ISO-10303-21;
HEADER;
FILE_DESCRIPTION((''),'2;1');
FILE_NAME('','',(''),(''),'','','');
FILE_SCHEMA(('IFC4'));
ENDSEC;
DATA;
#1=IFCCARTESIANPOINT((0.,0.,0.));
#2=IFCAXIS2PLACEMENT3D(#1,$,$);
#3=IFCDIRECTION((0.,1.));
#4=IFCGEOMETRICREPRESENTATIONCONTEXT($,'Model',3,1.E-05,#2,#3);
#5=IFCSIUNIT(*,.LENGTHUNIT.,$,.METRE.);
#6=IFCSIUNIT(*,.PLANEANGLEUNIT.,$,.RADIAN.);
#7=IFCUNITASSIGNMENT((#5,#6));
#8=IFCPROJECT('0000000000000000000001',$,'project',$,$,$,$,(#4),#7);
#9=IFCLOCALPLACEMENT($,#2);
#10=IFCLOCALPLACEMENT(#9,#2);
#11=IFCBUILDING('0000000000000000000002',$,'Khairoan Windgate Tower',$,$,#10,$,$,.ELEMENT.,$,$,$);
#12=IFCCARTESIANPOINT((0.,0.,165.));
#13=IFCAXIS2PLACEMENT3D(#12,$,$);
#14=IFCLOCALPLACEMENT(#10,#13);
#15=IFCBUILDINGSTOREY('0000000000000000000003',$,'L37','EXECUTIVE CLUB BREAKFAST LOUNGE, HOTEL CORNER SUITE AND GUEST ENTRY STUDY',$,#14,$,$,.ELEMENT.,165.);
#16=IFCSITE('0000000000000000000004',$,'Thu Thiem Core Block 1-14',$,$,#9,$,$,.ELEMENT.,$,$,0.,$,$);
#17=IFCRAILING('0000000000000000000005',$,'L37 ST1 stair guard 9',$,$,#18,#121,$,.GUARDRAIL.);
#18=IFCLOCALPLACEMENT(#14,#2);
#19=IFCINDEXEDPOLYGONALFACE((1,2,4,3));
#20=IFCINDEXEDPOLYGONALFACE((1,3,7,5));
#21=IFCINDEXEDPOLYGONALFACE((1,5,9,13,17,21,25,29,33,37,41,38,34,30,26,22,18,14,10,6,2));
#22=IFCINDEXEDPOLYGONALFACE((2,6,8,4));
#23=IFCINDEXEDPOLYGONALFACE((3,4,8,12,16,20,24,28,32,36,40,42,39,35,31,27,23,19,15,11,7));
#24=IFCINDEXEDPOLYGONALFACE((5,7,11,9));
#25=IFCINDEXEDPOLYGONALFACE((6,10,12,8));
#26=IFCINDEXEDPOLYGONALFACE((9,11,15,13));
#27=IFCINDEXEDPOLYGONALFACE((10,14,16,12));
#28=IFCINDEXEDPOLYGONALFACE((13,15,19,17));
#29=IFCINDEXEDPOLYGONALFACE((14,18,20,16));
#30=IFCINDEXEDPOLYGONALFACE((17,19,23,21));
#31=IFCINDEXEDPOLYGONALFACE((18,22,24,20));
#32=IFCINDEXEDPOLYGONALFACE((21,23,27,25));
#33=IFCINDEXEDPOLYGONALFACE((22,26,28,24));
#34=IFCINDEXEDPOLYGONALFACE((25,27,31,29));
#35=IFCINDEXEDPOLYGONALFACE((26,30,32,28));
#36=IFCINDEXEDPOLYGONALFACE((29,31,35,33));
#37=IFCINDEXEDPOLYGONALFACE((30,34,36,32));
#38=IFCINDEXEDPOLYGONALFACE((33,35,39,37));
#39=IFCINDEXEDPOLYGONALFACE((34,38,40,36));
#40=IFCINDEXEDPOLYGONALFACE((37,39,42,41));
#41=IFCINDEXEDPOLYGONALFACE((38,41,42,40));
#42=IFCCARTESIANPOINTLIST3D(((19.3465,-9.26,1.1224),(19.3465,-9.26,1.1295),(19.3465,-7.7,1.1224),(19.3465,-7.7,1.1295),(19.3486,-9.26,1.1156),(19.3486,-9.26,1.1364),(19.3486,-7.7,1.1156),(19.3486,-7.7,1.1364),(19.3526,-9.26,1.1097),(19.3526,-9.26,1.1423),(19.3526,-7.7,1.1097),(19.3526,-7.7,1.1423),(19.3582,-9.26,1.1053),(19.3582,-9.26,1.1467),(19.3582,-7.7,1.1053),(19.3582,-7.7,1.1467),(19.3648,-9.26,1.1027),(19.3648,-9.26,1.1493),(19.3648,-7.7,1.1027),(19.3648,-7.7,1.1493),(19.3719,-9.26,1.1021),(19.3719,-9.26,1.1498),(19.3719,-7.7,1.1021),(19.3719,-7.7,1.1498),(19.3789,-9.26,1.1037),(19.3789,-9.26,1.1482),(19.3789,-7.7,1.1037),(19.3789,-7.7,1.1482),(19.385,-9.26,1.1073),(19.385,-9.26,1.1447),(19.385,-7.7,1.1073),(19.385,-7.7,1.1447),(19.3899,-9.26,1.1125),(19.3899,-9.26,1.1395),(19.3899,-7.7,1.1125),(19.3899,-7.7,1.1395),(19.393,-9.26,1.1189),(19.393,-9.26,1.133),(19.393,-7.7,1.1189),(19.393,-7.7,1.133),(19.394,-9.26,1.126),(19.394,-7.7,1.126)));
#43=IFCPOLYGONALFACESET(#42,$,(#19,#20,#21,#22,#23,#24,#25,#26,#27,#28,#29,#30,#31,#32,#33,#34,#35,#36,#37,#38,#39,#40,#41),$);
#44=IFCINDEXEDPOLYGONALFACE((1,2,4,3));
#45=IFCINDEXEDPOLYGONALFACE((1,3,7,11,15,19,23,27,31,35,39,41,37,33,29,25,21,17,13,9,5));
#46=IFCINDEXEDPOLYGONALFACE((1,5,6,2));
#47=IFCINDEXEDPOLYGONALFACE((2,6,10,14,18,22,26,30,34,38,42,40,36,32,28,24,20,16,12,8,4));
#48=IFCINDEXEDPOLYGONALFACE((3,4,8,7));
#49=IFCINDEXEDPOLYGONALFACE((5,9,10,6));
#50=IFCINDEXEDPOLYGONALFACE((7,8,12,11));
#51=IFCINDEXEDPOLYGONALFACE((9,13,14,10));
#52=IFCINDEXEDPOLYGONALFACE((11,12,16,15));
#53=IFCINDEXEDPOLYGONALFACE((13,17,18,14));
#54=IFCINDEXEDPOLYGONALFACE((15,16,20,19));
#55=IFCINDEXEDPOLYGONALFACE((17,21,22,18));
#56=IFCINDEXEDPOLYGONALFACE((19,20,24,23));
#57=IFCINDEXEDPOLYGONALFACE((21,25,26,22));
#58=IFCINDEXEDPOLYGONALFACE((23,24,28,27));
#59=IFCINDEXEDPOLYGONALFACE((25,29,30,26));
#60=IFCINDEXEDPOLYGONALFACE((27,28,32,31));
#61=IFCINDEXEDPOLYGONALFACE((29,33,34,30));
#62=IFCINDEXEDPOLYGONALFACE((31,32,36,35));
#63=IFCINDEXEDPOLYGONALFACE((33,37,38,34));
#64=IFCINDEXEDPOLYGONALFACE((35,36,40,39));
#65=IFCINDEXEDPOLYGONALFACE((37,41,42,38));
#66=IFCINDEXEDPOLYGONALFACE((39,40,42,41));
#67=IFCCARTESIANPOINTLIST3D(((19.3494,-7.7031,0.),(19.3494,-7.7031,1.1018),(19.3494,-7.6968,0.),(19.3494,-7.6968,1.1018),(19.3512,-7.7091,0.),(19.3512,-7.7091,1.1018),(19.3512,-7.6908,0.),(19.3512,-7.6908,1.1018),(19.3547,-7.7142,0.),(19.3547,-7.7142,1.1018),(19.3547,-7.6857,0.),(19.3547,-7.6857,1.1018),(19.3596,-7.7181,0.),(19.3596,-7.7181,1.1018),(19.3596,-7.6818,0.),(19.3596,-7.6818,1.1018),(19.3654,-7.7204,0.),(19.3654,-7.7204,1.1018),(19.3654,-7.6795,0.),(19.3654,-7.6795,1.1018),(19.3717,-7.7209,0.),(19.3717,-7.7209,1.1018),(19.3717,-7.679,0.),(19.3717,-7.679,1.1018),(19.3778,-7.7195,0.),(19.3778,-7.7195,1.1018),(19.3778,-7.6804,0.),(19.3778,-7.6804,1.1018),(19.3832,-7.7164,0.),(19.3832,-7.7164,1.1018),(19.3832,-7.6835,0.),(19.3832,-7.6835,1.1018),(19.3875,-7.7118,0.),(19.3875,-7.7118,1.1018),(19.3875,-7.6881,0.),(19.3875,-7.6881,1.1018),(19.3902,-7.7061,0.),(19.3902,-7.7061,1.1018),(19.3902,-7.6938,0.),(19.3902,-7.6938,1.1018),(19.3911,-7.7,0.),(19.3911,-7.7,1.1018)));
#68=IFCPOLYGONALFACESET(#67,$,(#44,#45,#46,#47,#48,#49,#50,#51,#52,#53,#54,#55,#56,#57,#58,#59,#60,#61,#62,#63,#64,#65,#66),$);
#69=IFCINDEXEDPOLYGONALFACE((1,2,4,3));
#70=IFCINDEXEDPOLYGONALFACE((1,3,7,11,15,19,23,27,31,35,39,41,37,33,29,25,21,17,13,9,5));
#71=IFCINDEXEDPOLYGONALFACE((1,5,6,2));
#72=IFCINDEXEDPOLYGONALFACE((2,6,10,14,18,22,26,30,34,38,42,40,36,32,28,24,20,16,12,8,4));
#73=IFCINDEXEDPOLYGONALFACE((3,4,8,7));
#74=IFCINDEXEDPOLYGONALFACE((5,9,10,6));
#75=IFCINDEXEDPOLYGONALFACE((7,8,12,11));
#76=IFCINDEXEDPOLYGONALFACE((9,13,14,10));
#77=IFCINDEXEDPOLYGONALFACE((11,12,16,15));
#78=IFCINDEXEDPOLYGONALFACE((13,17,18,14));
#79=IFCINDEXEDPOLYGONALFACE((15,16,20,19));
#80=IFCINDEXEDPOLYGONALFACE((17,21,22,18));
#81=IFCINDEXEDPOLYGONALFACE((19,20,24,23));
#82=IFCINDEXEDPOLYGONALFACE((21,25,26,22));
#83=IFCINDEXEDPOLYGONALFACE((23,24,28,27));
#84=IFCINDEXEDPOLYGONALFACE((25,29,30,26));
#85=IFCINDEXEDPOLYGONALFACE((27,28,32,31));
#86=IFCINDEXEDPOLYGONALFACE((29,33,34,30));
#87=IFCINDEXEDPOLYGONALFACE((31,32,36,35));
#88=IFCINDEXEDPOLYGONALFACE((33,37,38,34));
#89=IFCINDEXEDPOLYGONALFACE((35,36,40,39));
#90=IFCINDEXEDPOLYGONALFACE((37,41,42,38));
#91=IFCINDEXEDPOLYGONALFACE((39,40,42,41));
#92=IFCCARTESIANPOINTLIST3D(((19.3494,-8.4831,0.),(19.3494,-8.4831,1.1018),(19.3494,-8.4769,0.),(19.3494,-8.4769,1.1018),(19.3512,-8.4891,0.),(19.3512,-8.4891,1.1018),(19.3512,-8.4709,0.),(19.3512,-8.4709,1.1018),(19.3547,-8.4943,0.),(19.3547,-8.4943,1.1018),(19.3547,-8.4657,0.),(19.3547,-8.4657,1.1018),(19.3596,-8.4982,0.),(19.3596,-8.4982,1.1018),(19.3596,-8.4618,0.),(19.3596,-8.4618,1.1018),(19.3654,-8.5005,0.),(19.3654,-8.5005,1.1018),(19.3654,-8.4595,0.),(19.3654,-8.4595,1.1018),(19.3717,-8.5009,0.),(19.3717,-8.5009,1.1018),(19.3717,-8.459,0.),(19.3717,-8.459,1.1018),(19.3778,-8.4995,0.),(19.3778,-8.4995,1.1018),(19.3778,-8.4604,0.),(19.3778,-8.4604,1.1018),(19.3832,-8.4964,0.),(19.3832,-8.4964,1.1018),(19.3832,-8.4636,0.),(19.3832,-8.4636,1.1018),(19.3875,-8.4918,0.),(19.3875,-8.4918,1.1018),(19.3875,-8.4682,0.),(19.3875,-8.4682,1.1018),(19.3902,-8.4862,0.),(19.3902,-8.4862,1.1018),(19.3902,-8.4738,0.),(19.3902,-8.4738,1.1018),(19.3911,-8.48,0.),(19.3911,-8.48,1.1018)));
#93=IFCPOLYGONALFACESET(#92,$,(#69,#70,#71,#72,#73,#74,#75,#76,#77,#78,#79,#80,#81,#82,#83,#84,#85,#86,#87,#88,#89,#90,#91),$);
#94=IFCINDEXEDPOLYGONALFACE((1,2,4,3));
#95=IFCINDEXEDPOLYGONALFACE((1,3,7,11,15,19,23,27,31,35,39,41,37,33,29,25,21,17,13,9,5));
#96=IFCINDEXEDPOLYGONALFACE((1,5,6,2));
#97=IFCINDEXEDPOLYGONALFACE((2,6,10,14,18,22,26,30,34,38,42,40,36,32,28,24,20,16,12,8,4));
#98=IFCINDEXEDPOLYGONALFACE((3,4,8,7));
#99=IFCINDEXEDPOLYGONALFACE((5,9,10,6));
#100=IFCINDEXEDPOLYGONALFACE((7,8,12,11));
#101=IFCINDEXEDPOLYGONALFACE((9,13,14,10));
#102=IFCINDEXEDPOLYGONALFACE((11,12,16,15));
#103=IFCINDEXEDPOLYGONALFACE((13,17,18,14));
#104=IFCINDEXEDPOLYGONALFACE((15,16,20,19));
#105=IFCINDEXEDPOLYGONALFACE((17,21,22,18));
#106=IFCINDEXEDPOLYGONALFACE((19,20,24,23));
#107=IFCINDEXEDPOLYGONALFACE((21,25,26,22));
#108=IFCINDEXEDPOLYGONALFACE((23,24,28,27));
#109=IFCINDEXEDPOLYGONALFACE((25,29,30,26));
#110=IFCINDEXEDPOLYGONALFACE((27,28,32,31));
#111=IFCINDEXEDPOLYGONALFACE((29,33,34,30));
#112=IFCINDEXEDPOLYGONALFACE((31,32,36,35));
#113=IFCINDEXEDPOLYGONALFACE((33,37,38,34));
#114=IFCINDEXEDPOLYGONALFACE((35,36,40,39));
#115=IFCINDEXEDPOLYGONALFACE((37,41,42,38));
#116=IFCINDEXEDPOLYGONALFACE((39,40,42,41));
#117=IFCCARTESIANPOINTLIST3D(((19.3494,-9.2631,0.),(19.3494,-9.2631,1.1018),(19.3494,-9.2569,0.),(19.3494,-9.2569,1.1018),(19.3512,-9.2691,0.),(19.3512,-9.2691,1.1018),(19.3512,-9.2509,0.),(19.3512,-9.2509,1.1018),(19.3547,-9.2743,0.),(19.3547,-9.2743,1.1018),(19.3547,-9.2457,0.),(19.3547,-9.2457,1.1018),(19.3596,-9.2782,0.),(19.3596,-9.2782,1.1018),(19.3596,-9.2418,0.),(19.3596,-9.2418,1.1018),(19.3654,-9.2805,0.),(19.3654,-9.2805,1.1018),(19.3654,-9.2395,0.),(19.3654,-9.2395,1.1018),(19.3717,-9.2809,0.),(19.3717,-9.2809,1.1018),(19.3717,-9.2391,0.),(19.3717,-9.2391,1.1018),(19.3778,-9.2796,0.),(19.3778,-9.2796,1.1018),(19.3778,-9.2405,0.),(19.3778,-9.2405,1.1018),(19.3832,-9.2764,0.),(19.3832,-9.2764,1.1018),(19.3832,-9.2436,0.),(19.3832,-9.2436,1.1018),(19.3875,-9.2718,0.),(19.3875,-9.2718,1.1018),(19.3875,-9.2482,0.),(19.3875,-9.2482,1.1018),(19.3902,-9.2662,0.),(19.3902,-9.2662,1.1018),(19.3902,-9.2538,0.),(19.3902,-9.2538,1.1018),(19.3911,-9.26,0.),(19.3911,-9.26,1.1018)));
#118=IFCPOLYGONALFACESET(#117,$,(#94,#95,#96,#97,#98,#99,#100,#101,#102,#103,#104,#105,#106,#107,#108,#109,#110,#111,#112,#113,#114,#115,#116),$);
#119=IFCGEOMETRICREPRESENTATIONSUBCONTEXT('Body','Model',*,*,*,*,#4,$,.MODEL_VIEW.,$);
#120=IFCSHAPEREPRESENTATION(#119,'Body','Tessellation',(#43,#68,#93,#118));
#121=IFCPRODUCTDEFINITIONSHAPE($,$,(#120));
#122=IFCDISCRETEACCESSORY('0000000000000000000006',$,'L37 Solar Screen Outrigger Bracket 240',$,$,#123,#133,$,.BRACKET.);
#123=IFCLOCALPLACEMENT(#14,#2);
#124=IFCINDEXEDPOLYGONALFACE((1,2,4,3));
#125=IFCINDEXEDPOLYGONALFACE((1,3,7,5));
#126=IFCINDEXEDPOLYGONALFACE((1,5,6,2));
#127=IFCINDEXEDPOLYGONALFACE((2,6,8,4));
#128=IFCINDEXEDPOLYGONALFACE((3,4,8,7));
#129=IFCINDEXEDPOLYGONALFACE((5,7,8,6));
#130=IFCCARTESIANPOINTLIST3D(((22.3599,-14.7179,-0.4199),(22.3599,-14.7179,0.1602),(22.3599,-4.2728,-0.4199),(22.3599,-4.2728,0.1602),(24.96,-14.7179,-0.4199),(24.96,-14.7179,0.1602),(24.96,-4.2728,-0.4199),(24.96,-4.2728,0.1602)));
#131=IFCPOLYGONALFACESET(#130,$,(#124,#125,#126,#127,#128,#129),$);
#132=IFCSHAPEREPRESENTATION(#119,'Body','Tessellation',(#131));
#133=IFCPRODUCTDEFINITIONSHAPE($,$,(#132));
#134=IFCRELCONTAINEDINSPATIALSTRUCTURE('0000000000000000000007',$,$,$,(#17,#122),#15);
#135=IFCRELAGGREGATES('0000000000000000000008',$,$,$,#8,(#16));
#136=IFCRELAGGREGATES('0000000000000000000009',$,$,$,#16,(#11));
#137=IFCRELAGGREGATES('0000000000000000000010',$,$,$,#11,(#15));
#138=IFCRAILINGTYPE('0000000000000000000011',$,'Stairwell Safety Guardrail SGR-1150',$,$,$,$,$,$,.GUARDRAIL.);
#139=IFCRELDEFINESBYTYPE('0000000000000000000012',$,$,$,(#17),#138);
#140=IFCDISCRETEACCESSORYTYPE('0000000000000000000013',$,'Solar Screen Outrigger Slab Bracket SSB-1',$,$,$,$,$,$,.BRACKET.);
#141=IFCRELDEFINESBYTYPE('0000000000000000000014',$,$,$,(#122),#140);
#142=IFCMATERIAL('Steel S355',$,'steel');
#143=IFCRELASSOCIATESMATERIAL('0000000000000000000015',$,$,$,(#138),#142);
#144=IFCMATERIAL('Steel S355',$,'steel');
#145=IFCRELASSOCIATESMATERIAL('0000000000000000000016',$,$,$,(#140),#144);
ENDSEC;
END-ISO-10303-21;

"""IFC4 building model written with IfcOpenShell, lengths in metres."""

from ifc_helpers import new_model, si_unit, direction, frame, origin, origin_2d, place, context, subcontext, project, spatial, rectangle, circle, extrude, material, type_object, element, save


model = new_model("IFC4")

# Units and contexts
model_context = context("Model", 3, precision=1e-05, world=origin(), true_north=direction((0.0, 1.0)))
body_context = subcontext(model_context, "Body", "Model", "MODEL_VIEW")
ifc_project = project(units=[si_unit("LENGTHUNIT", "METRE"), si_unit("PLANEANGLEUNIT", "RADIAN")], contexts=[model_context])

# Site, building, storey
site_placement = place(None, origin())
site = spatial("IfcSite", under=ifc_project, at=site_placement, Name="Thu Thiem Core Block 1-14", CompositionType="ELEMENT", RefElevation=0.0)
building_placement = place(site_placement, origin())
building = spatial("IfcBuilding", under=site, at=building_placement, Name="Khairoan Windgate Tower", CompositionType="ELEMENT")
storey_placement = place(building_placement, frame((0.0, 0.0, 165.0)))
storey = spatial("IfcBuildingStorey", under=building, at=storey_placement, Name="L37", Description="EXECUTIVE CLUB BREAKFAST LOUNGE, HOTEL CORNER SUITE AND GUEST ENTRY STUDY", CompositionType="ELEMENT", Elevation=165.0)

# Railing
ifc_material_1 = material(Name="Steel S355", Category="steel")
railing_type_1 = type_object("IfcRailingType", Name="Stairwell Safety Guardrail SGR-1150", PredefinedType="GUARDRAIL", material=ifc_material_1)
for number, where, name in (
    (1, (19.3701, -7.7, 0.0), "L37 ST1 stair guard 9"),
):
    element("IfcRailing", number, at=place(storey_placement, frame(where)), inside=storey, type_object=railing_type_1, Name=name, PredefinedType="GUARDRAIL", context=body_context, shape_type="SweptSolid", body=[
        extrude(circle(Radius=0.0239, at=origin_2d()), frame((0.0, 0.0, 1.126), z_axis=(0.0, -1.0, 0.0), x_axis=(1.0, 0.0, 0.0)), (0.0, 0.0, 1.0), 1.5601),
        extrude(circle(Radius=0.021, at=origin_2d()), origin(), (0.0, 0.0, 1.0), 1.1018),
        extrude(circle(Radius=0.021, at=origin_2d()), frame((0.0, -0.78, 0.0)), (0.0, 0.0, 1.0), 1.1018),
        extrude(circle(Radius=0.021, at=origin_2d()), frame((0.0, -1.5601, 0.0)), (0.0, 0.0, 1.0), 1.1018),
    ])

# Discrete accessory
ifc_material_2 = material(Name="Steel S355", Category="steel")
discrete_accessory_type = type_object("IfcDiscreteAccessoryType", Name="Solar Screen Outrigger Slab Bracket SSB-1", PredefinedType="BRACKET", material=ifc_material_2)
discrete_accessory_placement = place(storey_placement, frame((23.6599, -9.4954, -0.4199), z_axis=(0.0, 0.0, 1.0), x_axis=(0.0, -1.0, 0.0)))
element("IfcDiscreteAccessory", 2, at=discrete_accessory_placement, inside=storey, type_object=discrete_accessory_type, Name="L37 Solar Screen Outrigger Bracket 240", PredefinedType="BRACKET", context=body_context, shape_type="SweptSolid", body=[
    extrude(rectangle(XDim=10.4451, YDim=2.6001, at=origin_2d()), origin(), (0.0, 0.0, 1.0), 0.5801),
])

save(model, "model.ifc")
